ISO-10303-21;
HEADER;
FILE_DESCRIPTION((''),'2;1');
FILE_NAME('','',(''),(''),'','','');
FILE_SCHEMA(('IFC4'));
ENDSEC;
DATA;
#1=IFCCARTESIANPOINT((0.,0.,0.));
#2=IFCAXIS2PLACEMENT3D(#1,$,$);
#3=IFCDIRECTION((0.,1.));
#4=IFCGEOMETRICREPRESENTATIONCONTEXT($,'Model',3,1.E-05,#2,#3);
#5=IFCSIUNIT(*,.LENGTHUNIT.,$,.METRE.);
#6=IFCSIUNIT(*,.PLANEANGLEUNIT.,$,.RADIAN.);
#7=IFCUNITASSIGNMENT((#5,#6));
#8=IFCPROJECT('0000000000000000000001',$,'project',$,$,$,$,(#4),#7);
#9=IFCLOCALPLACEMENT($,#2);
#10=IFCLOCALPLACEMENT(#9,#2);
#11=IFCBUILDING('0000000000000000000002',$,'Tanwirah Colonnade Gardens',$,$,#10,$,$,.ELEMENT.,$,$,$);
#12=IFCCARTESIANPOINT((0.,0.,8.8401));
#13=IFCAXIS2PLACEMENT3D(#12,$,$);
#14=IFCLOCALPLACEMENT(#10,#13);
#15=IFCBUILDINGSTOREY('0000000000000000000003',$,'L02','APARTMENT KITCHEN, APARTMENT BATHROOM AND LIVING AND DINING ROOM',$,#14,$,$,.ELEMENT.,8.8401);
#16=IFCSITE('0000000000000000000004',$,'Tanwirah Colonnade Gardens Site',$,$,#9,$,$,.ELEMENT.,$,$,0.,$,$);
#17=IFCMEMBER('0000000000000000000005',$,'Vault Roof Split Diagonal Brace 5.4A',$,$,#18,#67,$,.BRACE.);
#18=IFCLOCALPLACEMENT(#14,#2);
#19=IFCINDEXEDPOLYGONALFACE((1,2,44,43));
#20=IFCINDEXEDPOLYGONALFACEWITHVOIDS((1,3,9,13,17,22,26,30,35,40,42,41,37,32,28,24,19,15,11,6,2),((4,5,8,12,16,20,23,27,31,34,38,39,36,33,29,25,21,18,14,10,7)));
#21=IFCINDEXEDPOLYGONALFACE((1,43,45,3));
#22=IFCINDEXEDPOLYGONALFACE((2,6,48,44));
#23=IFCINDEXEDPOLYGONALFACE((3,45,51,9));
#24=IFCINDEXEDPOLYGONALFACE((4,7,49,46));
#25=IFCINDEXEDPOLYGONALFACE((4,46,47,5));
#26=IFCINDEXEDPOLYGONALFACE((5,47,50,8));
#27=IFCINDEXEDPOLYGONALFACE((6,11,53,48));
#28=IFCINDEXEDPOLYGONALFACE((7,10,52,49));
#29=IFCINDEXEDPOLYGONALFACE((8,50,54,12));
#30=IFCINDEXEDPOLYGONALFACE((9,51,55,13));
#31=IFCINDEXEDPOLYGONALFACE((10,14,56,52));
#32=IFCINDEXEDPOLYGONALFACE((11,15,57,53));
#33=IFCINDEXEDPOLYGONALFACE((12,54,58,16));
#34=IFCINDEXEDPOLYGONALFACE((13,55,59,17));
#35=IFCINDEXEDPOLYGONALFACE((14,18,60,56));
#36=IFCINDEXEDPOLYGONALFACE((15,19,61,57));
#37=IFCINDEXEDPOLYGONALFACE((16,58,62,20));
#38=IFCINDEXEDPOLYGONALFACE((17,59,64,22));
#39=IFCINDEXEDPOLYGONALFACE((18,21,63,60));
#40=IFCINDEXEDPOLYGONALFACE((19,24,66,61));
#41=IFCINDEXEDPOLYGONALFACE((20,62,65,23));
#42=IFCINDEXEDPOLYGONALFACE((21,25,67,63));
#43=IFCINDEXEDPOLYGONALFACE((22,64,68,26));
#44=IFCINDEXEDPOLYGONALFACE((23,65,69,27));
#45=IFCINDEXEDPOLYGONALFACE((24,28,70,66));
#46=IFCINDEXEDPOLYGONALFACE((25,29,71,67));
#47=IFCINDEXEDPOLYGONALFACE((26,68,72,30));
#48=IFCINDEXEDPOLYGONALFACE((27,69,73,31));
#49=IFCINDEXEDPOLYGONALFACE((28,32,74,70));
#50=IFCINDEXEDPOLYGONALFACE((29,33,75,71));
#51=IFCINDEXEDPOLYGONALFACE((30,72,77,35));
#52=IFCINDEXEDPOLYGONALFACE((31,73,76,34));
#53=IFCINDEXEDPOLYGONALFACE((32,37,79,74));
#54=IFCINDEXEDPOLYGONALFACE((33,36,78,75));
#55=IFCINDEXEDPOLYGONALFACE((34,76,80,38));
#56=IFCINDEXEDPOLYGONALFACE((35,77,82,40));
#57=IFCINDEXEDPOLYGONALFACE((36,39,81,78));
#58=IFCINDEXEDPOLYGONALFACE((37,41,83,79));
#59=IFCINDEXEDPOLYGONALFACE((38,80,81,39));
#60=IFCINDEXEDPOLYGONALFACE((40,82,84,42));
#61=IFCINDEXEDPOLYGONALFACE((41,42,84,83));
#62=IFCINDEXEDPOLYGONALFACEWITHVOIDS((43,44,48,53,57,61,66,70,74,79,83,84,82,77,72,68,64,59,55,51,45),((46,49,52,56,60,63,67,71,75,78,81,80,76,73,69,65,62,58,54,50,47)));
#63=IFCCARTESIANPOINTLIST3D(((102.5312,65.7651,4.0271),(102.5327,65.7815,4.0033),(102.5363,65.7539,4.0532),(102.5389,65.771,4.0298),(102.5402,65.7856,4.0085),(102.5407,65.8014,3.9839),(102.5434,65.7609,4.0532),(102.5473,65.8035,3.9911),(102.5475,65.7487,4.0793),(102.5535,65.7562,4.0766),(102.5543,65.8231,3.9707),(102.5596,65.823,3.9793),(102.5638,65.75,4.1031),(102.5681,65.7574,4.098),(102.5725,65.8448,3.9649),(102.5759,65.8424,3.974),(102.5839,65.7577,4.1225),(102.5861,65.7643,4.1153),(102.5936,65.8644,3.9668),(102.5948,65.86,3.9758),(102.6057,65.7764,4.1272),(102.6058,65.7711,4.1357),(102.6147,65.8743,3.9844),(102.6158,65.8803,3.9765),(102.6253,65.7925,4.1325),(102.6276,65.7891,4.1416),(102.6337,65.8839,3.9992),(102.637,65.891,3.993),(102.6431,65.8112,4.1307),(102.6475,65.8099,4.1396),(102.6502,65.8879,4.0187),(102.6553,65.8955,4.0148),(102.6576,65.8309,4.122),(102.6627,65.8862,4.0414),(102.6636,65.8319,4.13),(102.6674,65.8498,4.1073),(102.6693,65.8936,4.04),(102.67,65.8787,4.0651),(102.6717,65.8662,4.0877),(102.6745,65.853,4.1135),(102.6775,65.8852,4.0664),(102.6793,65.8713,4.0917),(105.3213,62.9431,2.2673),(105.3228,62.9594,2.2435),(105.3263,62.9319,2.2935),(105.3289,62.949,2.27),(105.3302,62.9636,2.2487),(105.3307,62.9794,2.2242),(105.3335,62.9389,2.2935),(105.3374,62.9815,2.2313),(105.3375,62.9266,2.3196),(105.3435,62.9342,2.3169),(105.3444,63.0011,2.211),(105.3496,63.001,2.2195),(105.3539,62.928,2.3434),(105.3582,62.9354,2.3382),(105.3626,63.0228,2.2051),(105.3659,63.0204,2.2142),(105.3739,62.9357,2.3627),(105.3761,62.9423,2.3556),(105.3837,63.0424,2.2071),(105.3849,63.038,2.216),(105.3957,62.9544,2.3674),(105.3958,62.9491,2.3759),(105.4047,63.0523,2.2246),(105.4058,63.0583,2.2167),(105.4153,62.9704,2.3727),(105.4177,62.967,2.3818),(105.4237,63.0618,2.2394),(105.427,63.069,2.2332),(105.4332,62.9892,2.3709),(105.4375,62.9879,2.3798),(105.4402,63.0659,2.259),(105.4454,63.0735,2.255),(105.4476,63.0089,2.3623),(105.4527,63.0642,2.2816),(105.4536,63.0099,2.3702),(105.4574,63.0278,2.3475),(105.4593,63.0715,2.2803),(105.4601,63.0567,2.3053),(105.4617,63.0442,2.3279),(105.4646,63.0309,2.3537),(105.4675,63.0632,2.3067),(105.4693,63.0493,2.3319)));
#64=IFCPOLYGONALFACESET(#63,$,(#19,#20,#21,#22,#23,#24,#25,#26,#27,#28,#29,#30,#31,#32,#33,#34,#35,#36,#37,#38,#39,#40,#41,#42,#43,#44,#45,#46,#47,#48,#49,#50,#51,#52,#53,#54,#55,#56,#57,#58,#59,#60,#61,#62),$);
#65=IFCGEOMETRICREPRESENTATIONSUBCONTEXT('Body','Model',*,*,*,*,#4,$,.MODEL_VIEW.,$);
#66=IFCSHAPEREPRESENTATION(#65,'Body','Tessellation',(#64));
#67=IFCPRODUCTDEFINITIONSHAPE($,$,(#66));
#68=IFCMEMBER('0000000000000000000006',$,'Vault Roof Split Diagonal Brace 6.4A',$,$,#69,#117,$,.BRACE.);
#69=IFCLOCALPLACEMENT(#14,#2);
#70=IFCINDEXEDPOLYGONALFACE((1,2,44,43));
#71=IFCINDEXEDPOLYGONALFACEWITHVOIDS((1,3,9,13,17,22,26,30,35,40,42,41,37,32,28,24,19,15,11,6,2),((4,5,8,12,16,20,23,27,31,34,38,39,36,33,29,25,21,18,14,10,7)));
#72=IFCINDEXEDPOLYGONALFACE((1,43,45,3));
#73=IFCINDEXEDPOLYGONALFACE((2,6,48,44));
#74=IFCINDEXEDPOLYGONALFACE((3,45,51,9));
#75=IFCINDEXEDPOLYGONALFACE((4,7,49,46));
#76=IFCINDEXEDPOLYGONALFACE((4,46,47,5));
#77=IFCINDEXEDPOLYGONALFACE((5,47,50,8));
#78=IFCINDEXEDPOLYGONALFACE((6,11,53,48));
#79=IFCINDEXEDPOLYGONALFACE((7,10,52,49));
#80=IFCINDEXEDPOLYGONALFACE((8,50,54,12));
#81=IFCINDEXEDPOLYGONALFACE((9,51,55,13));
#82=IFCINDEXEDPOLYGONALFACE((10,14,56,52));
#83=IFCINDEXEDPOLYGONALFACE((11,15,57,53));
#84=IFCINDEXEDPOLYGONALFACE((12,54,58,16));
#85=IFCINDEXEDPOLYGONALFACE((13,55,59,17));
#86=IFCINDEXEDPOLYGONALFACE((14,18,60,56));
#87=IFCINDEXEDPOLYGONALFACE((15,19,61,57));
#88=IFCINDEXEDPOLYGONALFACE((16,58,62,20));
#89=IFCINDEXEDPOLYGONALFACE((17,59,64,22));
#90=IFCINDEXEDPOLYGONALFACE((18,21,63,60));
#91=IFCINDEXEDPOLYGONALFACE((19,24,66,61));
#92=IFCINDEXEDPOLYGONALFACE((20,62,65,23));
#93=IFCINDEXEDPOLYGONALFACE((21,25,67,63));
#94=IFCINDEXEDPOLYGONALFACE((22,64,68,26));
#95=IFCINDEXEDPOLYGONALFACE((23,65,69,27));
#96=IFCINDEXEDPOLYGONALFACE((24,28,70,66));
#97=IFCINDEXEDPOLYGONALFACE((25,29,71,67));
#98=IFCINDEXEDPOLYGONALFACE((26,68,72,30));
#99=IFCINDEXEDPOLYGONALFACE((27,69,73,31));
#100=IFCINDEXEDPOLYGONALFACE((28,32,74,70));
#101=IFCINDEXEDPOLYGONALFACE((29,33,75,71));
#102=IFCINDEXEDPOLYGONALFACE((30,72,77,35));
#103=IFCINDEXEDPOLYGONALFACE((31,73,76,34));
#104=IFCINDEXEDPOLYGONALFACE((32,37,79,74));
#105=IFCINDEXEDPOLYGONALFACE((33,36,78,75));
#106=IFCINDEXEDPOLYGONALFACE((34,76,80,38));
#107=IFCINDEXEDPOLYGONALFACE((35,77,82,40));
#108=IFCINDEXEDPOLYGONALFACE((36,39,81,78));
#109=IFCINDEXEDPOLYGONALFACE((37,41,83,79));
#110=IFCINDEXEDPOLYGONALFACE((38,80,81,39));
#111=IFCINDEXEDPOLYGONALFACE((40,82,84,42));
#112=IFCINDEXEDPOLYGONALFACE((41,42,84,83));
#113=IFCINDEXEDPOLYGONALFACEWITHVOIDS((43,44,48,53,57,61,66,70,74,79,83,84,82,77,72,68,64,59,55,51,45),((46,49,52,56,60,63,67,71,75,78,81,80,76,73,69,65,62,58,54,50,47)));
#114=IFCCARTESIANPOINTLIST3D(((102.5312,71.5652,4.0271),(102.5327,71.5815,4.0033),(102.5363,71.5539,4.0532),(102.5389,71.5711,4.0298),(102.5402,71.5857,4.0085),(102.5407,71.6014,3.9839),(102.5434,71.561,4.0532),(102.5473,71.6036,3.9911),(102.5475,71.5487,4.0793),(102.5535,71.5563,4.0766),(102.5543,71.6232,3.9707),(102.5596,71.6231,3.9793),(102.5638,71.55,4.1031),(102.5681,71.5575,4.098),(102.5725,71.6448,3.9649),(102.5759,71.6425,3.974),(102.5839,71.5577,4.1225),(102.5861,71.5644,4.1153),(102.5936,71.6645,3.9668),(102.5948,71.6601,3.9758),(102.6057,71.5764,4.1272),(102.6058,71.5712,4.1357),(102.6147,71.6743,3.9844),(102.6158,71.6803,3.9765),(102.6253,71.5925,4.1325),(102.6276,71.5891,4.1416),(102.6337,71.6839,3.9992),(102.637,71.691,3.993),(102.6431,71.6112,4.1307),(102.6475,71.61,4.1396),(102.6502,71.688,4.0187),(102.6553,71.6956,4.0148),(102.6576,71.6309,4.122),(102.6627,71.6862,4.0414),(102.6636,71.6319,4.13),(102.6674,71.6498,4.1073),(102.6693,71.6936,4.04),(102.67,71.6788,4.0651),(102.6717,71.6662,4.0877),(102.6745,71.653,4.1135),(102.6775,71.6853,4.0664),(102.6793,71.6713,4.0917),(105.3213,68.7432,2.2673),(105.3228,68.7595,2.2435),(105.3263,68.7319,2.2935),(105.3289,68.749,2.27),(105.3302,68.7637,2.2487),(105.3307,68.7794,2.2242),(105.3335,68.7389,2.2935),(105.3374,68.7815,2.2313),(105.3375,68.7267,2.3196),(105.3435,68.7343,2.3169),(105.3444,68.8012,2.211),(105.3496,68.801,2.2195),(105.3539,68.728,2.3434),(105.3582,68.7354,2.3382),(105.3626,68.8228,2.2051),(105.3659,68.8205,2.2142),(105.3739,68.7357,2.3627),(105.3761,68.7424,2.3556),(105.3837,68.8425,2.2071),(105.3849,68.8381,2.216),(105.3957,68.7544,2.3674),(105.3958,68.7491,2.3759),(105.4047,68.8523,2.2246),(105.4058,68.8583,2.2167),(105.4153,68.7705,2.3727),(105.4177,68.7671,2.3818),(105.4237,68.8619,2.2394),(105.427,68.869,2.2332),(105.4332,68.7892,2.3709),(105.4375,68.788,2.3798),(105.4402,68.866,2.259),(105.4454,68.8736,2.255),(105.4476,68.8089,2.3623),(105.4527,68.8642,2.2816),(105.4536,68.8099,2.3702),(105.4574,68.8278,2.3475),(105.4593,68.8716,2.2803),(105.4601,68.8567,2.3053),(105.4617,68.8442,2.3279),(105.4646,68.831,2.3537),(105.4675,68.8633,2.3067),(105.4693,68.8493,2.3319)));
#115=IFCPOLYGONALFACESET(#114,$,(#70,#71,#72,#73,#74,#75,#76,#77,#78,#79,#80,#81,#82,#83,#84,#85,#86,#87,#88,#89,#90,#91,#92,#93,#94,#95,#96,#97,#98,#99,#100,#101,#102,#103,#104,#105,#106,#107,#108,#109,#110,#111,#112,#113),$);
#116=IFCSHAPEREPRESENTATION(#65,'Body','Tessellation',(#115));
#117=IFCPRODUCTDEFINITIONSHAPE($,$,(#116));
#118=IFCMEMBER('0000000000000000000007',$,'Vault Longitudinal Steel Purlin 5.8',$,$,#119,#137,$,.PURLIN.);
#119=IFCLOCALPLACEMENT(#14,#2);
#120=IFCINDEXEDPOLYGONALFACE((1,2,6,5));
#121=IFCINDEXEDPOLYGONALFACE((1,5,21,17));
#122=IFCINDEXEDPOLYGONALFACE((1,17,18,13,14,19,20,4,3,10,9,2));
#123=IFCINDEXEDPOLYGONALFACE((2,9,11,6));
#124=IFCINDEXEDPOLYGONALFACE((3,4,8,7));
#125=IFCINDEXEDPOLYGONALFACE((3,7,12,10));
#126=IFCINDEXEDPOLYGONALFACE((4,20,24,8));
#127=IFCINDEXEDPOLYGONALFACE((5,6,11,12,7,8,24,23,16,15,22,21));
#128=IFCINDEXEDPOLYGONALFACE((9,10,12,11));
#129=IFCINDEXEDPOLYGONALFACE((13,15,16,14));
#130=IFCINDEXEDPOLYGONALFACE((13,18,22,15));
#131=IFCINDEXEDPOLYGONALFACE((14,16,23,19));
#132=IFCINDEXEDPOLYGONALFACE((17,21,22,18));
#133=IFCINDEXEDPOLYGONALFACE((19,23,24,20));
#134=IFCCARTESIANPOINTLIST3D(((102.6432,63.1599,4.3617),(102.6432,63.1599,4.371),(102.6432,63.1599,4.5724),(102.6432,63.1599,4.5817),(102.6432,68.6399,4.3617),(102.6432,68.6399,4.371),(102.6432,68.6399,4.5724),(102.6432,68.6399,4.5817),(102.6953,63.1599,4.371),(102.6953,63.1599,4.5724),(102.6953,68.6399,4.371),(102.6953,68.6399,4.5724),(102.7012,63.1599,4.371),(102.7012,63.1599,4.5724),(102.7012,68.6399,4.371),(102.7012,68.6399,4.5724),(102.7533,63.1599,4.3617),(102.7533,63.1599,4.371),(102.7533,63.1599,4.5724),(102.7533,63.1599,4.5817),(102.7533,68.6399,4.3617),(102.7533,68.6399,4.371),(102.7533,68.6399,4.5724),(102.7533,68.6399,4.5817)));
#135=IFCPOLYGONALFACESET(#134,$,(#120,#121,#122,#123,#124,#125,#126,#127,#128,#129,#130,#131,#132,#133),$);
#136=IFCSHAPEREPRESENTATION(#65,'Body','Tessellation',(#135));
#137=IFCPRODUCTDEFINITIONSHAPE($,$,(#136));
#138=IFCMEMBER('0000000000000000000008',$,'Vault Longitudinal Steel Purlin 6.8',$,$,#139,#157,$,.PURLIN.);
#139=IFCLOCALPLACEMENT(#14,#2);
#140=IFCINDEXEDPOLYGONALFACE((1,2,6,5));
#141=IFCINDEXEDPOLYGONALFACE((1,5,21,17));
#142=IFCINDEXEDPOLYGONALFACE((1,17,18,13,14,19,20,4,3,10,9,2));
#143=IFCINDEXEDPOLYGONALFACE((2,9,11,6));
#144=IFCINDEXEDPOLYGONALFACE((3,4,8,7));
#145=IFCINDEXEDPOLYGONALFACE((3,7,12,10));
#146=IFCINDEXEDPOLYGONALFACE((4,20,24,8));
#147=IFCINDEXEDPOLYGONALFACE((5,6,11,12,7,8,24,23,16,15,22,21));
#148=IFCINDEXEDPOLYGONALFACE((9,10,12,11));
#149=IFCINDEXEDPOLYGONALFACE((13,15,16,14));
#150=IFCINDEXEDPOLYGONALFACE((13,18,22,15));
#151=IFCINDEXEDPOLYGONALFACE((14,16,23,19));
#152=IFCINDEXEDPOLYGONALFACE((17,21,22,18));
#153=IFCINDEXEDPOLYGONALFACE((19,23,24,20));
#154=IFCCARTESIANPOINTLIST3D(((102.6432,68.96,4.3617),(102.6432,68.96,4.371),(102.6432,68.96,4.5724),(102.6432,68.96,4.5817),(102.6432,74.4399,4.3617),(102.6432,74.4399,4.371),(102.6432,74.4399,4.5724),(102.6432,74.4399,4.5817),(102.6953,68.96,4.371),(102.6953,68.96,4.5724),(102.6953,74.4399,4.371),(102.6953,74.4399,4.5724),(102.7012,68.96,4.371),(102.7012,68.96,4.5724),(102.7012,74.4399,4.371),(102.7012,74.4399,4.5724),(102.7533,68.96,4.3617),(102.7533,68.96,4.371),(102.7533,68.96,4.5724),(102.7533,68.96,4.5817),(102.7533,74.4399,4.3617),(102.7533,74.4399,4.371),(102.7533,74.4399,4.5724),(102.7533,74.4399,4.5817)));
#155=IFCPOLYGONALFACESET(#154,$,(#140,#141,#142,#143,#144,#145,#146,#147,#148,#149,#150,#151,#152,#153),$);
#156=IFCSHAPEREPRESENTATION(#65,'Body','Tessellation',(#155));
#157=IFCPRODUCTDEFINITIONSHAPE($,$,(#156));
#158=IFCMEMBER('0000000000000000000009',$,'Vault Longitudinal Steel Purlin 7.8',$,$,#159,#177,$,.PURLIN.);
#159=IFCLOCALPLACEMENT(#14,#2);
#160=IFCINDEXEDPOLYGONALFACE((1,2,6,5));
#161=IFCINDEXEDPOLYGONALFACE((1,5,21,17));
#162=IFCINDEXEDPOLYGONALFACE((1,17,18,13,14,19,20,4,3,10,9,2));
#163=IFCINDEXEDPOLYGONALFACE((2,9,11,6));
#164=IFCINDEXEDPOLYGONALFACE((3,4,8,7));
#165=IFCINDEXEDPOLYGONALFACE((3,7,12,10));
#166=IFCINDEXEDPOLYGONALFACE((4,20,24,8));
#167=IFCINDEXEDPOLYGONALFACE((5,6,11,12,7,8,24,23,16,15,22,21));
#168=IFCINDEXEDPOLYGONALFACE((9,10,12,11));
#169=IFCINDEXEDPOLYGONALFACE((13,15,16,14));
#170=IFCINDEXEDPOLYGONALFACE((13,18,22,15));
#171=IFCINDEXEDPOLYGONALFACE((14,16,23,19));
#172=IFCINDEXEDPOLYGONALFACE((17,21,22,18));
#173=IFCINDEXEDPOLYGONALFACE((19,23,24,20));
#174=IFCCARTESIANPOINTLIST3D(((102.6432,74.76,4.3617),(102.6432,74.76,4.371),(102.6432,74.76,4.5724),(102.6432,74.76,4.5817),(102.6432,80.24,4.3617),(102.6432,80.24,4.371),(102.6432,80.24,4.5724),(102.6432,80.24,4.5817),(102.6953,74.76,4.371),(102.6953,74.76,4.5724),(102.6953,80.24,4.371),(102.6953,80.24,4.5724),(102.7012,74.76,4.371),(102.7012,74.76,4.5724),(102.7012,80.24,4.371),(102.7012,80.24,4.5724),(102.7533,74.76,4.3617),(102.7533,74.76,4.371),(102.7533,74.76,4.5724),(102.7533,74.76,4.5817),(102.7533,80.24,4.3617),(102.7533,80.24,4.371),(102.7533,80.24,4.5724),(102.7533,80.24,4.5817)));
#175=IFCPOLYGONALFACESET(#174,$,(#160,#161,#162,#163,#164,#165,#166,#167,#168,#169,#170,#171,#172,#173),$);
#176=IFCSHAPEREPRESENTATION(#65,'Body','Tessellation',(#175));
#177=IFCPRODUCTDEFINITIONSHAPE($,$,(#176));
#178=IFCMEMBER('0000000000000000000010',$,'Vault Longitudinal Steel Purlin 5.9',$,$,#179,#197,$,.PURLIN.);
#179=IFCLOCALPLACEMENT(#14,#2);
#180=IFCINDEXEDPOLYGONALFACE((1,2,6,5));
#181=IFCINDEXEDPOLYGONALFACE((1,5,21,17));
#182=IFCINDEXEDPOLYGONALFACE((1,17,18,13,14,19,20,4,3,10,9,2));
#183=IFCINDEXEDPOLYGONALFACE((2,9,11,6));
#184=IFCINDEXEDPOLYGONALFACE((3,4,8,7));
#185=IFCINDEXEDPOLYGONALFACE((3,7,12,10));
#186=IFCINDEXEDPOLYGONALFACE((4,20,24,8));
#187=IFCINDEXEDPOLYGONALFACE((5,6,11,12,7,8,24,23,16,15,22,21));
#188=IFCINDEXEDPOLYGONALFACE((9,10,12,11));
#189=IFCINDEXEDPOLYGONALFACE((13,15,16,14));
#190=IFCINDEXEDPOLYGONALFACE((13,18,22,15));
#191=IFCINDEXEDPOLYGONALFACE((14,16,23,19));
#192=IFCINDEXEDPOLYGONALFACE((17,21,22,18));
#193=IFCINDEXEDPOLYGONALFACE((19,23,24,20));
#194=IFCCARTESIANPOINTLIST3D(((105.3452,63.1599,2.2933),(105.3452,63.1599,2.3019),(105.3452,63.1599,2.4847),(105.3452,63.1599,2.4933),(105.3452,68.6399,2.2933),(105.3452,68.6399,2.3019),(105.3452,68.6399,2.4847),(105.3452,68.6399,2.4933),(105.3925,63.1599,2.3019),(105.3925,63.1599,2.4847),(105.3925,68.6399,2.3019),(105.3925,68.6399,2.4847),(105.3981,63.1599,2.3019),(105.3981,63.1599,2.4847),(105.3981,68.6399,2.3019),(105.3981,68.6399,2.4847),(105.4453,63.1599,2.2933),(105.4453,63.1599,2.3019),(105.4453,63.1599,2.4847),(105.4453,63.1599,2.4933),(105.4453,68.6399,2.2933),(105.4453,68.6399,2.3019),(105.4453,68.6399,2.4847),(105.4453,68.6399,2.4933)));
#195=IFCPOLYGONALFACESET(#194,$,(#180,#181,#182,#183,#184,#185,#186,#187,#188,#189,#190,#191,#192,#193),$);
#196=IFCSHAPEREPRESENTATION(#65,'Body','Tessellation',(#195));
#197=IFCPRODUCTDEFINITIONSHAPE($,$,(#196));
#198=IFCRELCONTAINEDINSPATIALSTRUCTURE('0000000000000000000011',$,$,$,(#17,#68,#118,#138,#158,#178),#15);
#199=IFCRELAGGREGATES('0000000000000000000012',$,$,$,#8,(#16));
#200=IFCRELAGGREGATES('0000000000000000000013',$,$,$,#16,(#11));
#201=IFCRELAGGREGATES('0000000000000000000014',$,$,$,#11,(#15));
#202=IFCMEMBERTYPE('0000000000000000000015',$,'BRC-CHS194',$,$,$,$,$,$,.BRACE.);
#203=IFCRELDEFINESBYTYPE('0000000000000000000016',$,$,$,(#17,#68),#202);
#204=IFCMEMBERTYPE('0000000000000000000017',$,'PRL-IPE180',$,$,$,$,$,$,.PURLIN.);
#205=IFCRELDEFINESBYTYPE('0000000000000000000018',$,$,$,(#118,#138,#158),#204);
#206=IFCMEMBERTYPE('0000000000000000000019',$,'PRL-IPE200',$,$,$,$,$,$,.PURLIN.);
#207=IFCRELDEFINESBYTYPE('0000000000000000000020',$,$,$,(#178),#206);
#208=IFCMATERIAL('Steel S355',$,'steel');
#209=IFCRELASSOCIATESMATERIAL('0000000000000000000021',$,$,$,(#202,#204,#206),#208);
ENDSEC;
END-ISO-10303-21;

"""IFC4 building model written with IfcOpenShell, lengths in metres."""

from ifc_helpers import new_model, si_unit, direction, frame, origin, origin_2d, place, context, subcontext, project, spatial, hollow_circle, i_section, extrude, material, material_profile, profile_set, type_object, element, save


model = new_model("IFC4")

# Units and contexts
model_context = context("Model", 3, precision=1e-05, world=origin(), true_north=direction((0.0, 1.0)))
body_context = subcontext(model_context, "Body", "Model", "MODEL_VIEW")
ifc_project = project(units=[si_unit("LENGTHUNIT", "METRE"), si_unit("PLANEANGLEUNIT", "RADIAN")], contexts=[model_context])

# Site, building, storey
site_placement = place(None, origin())
site = spatial("IfcSite", under=ifc_project, at=site_placement, Name="Tanwirah Colonnade Gardens Site", CompositionType="ELEMENT", RefElevation=0.0)
building_placement = place(site_placement, origin())
building = spatial("IfcBuilding", under=site, at=building_placement, Name="Tanwirah Colonnade Gardens", CompositionType="ELEMENT")
storey_placement = place(building_placement, frame((0.0, 0.0, 8.8401)))
storey = spatial("IfcBuildingStorey", under=building, at=storey_placement, Name="L02", Description="APARTMENT KITCHEN, APARTMENT BATHROOM AND LIVING AND DINING ROOM", CompositionType="ELEMENT", Elevation=8.8401)

# Members
ifc_material_1 = material(Name="Steel S355", Category="steel")
ifc_material_profile_1 = material_profile(ifc_material_1, hollow_circle(Radius=0.0969, WallThickness=0.01, at=origin_2d()), Name="CHS 193.7x10")
ifc_profile_set_1 = profile_set([ifc_material_profile_1], Name="Steel S355")
member_type_1 = type_object("IfcMemberType", Name="BRC-CHS194", PredefinedType="BRACE", material=ifc_profile_set_1)
for number, where, z_axis, x_axis, name in (
    (1, (105.3953, 63.0, 2.2935), (-0.642708, 0.650075, 0.405376), (-0.711125, -0.703066, 0.0), "Vault Roof Split Diagonal Brace 5.4A"),
    (2, (105.3953, 68.8, 2.2935), (-0.642708, 0.650075, 0.405376), (-0.711125, -0.703066, 0.0), "Vault Roof Split Diagonal Brace 6.4A"),
):
    element("IfcMember", number, at=place(storey_placement, frame(where, z_axis=z_axis, x_axis=x_axis)), inside=storey, type_object=member_type_1, Name=name, PredefinedType="BRACE", context=body_context, shape_type="SweptSolid", body=[
        extrude(hollow_circle(Radius=0.0969, WallThickness=0.01, at=origin_2d()), origin(), (0.0, 0.0, 1.0), 4.3411),
    ])
ifc_material_profile_2 = material_profile(ifc_material_1, i_section(OverallWidth=0.1101, OverallDepth=0.22, WebThickness=0.0059, FlangeThickness=0.0093, at=origin_2d()), Name="IPE 220")
ifc_profile_set_2 = profile_set([ifc_material_profile_2], Name="Steel S355")
member_type_2 = type_object("IfcMemberType", Name="PRL-IPE180", PredefinedType="PURLIN", material=ifc_profile_set_2)
for number, where, z_axis, x_axis, name in (
    (3, (102.6982, 63.1599, 4.4717), (0.0, 1.0, 0.0), (-1.0, 0.0, 0.0), "Vault Longitudinal Steel Purlin 5.8"),
    (4, (102.6982, 68.96, 4.4717), (0.0, 1.0, 0.0), (-1.0, 0.0, 0.0), "Vault Longitudinal Steel Purlin 6.8"),
    (5, (102.6982, 74.76, 4.4717), (0.0, 1.0, 0.0), (-1.0, 0.0, 0.0), "Vault Longitudinal Steel Purlin 7.8"),
):
    element("IfcMember", number, at=place(storey_placement, frame(where, z_axis=z_axis, x_axis=x_axis)), inside=storey, type_object=member_type_2, Name=name, PredefinedType="PURLIN", context=body_context, shape_type="SweptSolid", body=[
        extrude(i_section(OverallWidth=0.1101, OverallDepth=0.22, WebThickness=0.0059, FlangeThickness=0.0093, at=origin_2d()), origin(), (0.0, 0.0, 1.0), 5.48),
    ])
ifc_material_profile_3 = material_profile(ifc_material_1, i_section(OverallWidth=0.1001, OverallDepth=0.2, WebThickness=0.0056, FlangeThickness=0.0085, at=origin_2d()), Name="IPE 200")
ifc_profile_set_3 = profile_set([ifc_material_profile_3], Name="Steel S355")
member_type_3 = type_object("IfcMemberType", Name="PRL-IPE200", PredefinedType="PURLIN", material=ifc_profile_set_3)
for number, where, z_axis, x_axis, name in (
    (6, (105.3953, 63.1599, 2.3933), (0.0, 1.0, 0.0), (-1.0, 0.0, 0.0), "Vault Longitudinal Steel Purlin 5.9"),
):
    element("IfcMember", number, at=place(storey_placement, frame(where, z_axis=z_axis, x_axis=x_axis)), inside=storey, type_object=member_type_3, Name=name, PredefinedType="PURLIN", context=body_context, shape_type="SweptSolid", body=[
        extrude(i_section(OverallWidth=0.1001, OverallDepth=0.2, WebThickness=0.0056, FlangeThickness=0.0085, at=origin_2d()), origin(), (0.0, 0.0, 1.0), 5.48),
    ])

save(model, "model.ifc")
